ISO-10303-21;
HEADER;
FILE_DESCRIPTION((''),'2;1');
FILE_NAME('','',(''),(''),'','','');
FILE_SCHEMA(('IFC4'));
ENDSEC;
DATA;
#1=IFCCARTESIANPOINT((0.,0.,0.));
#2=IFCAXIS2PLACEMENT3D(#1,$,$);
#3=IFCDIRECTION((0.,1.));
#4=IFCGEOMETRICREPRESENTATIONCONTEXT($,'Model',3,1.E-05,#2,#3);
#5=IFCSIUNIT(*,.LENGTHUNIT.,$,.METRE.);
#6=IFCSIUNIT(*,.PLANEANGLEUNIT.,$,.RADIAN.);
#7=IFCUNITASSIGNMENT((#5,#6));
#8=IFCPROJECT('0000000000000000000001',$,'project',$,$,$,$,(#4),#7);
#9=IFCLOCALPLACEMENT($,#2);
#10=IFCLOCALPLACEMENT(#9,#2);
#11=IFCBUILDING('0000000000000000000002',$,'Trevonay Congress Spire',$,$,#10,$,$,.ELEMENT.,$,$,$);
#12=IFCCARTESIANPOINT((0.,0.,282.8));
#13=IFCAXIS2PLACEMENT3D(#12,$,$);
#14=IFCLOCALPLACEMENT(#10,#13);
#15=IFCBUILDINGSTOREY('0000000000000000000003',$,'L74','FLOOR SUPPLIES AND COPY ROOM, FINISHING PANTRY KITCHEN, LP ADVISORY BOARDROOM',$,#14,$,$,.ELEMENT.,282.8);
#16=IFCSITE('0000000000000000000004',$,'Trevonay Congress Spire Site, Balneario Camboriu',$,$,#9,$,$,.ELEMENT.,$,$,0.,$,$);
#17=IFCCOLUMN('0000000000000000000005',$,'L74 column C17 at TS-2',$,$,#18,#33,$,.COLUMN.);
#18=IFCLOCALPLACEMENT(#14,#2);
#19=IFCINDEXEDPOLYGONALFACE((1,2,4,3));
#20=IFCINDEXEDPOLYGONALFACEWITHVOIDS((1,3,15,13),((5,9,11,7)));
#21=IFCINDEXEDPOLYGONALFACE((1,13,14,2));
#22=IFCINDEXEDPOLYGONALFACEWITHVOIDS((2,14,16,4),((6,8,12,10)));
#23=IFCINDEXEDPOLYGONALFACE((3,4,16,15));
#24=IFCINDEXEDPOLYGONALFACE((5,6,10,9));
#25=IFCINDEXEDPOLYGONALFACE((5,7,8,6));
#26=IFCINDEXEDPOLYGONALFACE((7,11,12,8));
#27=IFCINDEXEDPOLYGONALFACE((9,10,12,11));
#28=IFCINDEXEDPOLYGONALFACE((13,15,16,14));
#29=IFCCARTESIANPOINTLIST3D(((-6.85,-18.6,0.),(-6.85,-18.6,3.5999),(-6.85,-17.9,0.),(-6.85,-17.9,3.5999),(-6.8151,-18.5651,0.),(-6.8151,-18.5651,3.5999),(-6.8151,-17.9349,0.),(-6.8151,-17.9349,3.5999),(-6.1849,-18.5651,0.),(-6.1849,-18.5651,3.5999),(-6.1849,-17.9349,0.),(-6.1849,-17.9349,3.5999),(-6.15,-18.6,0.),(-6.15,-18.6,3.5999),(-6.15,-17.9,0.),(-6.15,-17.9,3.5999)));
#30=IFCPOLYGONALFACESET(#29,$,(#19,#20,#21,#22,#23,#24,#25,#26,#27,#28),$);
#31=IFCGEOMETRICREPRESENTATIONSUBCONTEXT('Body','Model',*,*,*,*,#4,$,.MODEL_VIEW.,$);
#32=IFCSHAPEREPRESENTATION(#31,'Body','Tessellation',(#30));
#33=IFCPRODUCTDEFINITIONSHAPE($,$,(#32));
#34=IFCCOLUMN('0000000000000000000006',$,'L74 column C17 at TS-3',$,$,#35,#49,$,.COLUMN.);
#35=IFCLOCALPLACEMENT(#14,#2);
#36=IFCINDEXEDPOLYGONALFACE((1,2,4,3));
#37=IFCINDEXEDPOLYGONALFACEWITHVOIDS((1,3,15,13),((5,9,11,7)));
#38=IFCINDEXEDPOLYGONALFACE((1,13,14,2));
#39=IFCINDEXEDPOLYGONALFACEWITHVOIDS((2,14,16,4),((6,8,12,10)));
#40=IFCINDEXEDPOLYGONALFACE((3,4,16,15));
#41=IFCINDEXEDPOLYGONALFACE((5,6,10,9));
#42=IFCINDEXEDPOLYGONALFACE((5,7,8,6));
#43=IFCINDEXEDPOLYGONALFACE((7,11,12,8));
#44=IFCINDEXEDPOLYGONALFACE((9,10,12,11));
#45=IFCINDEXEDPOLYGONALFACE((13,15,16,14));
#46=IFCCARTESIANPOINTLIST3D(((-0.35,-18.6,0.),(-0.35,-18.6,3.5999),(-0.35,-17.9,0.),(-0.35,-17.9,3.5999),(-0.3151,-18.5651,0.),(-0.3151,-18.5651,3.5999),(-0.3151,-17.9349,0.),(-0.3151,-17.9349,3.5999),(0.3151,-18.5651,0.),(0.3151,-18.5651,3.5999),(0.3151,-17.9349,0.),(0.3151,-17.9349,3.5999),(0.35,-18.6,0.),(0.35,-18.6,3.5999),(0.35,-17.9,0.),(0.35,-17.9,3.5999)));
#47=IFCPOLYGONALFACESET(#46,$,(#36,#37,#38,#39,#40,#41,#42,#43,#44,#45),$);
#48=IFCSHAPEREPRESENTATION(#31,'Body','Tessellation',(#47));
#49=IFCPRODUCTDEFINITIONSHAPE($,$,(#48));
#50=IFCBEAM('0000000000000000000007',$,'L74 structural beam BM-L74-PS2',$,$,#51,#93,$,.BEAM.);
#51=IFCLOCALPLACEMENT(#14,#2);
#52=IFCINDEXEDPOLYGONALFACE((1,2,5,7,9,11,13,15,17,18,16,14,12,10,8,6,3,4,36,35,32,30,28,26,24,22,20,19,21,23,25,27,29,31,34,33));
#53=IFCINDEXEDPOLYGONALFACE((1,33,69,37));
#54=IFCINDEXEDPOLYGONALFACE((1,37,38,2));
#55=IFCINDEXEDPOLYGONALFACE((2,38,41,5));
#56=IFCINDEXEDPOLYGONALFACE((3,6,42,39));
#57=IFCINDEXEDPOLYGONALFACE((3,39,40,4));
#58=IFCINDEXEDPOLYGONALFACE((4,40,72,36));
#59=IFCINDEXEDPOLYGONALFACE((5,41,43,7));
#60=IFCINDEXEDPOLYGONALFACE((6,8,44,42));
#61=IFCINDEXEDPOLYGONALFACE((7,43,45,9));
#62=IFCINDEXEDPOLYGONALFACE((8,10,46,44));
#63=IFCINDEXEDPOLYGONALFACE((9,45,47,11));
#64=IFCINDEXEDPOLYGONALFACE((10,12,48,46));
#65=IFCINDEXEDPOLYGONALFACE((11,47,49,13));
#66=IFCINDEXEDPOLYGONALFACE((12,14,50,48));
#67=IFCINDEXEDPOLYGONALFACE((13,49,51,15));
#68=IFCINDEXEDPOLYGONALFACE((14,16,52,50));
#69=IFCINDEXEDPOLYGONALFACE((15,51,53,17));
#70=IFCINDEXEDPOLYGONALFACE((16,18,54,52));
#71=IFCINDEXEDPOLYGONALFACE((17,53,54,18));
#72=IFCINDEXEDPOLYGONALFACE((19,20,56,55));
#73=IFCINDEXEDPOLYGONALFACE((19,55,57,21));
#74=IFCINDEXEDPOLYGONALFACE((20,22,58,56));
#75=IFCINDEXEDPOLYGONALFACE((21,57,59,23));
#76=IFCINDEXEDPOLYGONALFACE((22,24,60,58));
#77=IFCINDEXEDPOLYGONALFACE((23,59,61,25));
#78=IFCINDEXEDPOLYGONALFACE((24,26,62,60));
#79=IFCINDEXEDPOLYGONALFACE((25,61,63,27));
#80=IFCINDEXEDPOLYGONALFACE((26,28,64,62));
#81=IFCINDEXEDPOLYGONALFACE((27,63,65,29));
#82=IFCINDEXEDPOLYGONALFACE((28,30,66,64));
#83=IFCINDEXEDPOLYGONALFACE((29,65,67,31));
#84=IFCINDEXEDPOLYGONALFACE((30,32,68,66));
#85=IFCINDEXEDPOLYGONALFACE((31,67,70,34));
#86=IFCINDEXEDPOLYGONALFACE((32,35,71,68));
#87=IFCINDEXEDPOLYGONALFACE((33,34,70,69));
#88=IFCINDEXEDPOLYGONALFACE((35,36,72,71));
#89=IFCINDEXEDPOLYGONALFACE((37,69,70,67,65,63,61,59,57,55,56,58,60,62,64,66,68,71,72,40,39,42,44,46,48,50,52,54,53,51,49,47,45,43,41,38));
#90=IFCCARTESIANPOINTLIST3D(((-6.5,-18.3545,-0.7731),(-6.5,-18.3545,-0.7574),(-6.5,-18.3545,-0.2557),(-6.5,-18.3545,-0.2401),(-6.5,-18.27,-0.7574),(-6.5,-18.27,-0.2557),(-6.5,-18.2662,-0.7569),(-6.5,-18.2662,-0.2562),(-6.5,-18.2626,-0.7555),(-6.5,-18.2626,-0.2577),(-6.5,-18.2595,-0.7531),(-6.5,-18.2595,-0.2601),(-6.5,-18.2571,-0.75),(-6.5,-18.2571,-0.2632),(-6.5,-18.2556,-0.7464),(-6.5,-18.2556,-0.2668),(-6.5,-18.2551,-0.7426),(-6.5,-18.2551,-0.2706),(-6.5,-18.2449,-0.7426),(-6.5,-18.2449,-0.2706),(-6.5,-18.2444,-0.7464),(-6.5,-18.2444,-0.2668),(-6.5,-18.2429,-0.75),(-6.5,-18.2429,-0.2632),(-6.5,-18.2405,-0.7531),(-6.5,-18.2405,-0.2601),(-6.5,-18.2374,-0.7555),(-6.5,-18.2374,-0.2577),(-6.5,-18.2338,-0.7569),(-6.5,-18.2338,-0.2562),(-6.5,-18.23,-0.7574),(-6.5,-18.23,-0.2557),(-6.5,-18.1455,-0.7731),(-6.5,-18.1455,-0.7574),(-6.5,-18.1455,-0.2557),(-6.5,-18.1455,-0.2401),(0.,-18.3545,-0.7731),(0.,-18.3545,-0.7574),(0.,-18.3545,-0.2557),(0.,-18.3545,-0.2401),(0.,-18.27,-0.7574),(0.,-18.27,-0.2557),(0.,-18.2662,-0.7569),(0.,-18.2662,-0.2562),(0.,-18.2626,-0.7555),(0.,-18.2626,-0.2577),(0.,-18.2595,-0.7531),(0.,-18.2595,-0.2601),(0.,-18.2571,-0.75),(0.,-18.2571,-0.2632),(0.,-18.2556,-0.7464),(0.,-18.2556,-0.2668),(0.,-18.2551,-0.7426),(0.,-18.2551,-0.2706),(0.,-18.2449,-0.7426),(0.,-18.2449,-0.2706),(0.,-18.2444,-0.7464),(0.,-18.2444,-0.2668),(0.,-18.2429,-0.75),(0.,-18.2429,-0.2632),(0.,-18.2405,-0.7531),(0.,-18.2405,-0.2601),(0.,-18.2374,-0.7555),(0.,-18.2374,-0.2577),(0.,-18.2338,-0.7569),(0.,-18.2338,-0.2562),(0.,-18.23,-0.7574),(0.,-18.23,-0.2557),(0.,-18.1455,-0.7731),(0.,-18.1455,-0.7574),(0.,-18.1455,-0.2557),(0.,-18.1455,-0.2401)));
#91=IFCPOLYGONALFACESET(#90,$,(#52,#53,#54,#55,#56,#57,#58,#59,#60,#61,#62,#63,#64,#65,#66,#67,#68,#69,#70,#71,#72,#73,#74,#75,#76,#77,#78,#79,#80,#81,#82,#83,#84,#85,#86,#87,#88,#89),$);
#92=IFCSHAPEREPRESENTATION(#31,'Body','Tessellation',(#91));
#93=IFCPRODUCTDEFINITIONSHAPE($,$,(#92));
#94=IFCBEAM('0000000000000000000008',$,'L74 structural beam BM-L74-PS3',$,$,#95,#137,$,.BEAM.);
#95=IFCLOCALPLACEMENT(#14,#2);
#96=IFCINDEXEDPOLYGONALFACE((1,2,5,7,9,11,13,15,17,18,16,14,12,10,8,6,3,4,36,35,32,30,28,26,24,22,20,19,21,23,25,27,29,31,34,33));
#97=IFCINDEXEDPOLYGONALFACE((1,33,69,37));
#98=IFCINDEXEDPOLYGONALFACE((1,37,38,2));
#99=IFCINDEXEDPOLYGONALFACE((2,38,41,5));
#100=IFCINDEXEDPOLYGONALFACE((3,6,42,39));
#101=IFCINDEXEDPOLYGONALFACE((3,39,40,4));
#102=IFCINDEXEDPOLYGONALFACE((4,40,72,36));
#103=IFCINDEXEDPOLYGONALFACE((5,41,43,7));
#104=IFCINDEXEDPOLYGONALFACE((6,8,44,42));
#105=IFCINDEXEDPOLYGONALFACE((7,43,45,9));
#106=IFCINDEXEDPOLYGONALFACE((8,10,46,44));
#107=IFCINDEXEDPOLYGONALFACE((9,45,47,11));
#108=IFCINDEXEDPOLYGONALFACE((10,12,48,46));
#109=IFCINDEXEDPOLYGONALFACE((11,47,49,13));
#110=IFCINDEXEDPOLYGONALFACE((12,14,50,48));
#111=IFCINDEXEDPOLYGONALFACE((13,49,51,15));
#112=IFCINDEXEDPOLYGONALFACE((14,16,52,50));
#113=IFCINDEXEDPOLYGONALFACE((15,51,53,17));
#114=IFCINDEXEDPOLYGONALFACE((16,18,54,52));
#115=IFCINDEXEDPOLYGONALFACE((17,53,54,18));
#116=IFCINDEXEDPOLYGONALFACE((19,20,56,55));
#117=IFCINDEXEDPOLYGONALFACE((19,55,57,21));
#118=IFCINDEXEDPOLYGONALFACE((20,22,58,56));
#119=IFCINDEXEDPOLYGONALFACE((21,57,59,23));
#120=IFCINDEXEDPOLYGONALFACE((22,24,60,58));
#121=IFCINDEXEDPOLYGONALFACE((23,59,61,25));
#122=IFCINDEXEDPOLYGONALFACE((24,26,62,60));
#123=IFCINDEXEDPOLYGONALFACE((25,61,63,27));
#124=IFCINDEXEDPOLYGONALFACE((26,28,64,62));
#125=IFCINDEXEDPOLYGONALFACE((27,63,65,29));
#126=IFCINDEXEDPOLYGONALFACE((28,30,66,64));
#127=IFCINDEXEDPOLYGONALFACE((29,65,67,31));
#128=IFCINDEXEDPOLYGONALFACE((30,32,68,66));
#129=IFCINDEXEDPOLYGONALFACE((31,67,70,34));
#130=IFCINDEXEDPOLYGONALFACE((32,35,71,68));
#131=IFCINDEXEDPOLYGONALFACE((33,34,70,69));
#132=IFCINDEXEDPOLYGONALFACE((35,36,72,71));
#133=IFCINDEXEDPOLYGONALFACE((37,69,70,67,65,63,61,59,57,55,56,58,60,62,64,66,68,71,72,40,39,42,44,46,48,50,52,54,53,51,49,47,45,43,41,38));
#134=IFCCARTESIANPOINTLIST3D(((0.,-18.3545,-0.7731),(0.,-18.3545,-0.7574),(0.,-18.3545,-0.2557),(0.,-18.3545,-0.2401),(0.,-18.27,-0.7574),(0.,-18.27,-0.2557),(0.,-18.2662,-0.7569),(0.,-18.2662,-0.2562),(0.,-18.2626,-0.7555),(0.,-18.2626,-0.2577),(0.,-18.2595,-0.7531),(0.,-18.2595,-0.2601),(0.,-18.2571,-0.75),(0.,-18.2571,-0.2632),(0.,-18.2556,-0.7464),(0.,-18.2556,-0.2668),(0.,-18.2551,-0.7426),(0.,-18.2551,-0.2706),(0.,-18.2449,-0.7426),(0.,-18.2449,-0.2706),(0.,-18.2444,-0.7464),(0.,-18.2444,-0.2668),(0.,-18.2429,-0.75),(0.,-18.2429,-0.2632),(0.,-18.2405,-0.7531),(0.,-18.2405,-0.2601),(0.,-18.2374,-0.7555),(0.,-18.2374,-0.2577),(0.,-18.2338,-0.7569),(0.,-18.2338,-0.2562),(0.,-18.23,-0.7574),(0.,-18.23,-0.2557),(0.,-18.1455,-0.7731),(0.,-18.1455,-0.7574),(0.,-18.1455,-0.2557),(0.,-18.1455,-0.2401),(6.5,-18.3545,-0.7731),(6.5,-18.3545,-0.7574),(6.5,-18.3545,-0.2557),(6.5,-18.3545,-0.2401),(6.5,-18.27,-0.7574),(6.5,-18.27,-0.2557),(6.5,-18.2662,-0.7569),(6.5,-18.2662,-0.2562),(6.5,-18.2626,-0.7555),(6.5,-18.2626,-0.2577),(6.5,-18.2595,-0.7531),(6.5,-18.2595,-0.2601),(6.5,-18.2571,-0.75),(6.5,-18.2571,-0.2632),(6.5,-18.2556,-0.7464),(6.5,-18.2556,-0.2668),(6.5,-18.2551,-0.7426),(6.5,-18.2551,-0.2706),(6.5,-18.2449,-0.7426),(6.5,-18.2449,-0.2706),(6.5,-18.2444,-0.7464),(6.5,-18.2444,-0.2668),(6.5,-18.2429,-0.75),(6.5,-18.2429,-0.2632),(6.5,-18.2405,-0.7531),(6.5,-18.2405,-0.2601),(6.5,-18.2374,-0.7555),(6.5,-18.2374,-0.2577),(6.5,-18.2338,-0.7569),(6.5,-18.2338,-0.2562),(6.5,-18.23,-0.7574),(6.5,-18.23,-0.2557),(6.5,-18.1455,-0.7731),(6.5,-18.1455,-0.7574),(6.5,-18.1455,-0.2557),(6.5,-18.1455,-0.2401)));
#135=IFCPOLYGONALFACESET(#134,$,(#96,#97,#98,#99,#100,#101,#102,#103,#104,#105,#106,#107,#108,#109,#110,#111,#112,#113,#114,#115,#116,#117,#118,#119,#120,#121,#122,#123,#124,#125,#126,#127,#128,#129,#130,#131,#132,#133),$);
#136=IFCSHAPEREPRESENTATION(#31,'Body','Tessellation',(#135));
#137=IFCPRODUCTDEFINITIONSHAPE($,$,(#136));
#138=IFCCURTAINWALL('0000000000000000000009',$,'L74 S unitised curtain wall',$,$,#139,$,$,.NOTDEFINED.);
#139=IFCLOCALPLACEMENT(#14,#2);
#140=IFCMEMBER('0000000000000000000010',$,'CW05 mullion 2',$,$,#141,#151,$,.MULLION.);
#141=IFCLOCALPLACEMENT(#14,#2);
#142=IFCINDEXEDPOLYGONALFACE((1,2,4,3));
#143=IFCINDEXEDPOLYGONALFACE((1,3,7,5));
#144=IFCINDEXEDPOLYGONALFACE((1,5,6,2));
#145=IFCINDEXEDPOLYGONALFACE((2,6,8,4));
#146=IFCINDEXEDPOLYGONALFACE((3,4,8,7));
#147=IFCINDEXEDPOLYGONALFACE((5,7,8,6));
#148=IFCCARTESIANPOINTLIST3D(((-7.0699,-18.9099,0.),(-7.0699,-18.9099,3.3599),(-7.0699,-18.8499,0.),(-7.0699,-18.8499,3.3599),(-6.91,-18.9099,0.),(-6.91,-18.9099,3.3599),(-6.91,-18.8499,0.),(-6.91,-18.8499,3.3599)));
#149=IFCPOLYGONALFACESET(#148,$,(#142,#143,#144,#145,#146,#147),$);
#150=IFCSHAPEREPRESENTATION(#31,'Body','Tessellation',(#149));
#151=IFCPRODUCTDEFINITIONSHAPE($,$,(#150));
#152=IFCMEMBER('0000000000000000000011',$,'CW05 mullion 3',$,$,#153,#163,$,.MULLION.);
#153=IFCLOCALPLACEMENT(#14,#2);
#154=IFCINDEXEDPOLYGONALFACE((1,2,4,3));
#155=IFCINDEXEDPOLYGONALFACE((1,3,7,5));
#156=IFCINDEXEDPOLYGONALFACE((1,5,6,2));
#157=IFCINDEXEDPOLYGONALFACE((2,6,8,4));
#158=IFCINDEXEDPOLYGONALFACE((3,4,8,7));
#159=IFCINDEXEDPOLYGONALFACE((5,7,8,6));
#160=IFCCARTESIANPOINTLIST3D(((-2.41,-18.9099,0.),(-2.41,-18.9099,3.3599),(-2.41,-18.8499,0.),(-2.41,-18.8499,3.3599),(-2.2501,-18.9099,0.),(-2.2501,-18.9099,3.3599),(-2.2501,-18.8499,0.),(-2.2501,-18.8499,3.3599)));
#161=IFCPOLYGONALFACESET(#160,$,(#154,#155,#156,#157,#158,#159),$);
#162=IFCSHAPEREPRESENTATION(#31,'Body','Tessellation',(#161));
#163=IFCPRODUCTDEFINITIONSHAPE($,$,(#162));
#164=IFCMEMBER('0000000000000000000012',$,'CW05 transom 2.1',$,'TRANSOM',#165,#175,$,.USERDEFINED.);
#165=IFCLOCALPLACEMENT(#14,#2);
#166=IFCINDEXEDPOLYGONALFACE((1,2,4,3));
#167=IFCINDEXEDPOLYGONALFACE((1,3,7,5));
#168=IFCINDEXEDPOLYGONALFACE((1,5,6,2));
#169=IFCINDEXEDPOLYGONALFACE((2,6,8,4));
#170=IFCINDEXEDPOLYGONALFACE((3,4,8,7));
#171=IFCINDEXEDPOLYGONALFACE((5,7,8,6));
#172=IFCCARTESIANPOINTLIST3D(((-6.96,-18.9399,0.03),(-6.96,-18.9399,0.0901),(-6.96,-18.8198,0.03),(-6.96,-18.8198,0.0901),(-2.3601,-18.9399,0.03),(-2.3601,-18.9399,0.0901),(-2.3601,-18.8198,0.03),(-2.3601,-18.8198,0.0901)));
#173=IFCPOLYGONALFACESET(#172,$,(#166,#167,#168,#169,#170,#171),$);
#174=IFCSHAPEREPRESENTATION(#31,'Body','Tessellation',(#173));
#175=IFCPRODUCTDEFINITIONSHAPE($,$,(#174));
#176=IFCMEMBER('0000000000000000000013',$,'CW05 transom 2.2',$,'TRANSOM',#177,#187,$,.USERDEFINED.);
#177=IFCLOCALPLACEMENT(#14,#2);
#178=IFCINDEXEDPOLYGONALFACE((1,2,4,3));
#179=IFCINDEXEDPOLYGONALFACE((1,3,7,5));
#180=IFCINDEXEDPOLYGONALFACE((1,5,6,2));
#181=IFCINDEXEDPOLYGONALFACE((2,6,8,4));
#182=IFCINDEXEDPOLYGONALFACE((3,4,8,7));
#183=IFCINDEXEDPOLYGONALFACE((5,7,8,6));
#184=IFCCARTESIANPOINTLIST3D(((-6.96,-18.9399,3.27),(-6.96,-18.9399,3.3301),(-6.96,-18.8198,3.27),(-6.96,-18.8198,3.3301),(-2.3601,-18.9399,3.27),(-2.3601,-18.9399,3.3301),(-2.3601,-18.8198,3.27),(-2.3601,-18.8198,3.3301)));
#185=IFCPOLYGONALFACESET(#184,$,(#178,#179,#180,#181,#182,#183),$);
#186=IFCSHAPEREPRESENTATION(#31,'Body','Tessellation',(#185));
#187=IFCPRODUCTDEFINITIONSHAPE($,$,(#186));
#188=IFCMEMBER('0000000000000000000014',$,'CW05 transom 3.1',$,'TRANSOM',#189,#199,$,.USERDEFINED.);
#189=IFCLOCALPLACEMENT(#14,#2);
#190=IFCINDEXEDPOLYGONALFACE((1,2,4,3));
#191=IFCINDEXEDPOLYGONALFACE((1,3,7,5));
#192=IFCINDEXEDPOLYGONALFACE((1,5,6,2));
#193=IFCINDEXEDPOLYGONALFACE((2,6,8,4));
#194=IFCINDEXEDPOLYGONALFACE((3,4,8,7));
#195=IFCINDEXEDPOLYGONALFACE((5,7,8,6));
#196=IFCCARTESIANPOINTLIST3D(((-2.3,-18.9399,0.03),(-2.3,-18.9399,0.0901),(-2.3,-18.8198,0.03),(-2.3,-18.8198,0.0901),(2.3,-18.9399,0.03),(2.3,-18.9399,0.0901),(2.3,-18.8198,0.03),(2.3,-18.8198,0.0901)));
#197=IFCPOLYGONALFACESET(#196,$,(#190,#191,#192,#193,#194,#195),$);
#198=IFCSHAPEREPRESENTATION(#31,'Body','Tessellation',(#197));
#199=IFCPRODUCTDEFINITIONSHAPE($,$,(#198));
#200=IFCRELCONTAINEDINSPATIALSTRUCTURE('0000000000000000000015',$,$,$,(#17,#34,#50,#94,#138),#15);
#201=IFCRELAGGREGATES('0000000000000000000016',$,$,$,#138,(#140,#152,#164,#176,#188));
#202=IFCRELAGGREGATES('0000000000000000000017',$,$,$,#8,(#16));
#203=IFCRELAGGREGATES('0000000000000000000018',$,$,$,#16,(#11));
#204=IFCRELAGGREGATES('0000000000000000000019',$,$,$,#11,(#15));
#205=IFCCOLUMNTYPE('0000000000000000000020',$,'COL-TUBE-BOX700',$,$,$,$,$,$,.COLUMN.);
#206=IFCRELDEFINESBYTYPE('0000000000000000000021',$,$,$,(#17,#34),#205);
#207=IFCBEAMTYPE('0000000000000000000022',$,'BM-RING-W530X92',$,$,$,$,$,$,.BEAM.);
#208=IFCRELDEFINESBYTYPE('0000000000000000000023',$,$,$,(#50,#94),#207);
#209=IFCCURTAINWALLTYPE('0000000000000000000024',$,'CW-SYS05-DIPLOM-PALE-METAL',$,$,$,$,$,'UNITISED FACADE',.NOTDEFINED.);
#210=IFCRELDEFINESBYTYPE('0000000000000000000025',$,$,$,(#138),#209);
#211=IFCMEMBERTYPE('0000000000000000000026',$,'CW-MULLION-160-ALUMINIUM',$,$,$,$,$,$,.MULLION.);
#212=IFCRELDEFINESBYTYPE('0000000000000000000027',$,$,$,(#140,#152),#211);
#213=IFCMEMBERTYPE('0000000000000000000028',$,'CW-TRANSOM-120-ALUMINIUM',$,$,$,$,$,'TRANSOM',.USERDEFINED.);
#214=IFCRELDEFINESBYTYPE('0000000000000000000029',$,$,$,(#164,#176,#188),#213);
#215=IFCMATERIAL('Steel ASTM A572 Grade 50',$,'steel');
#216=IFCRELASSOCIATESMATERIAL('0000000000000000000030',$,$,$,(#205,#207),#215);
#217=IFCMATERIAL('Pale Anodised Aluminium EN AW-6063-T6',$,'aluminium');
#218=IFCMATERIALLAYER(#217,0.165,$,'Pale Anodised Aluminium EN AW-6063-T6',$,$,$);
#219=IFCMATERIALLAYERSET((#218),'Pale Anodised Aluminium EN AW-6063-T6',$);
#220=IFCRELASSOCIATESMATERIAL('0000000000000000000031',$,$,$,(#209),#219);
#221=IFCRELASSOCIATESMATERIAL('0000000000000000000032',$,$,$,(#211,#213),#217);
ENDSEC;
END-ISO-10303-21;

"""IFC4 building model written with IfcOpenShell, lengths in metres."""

from ifc_helpers import new_model, si_unit, direction, frame, origin, origin_2d, place, context, subcontext, project, spatial, rectangle, hollow_rectangle, i_section, extrude, material, layer, layer_set, material_profile, profile_set, type_object, element, aggregate, save


model = new_model("IFC4")

# Units and contexts
model_context = context("Model", 3, precision=1e-05, world=origin(), true_north=direction((0.0, 1.0)))
body_context = subcontext(model_context, "Body", "Model", "MODEL_VIEW")
ifc_project = project(units=[si_unit("LENGTHUNIT", "METRE"), si_unit("PLANEANGLEUNIT", "RADIAN")], contexts=[model_context])

# Site, building, storey
site_placement = place(None, origin())
site = spatial("IfcSite", under=ifc_project, at=site_placement, Name="Trevonay Congress Spire Site, Balneario Camboriu", CompositionType="ELEMENT", RefElevation=0.0)
building_placement = place(site_placement, origin())
building = spatial("IfcBuilding", under=site, at=building_placement, Name="Trevonay Congress Spire", CompositionType="ELEMENT")
storey_placement = place(building_placement, frame((0.0, 0.0, 282.8)))
storey = spatial("IfcBuildingStorey", under=building, at=storey_placement, Name="L74", Description="FLOOR SUPPLIES AND COPY ROOM, FINISHING PANTRY KITCHEN, LP ADVISORY BOARDROOM", CompositionType="ELEMENT", Elevation=282.8)

# Columns
ifc_material_1 = material(Name="Steel ASTM A572 Grade 50", Category="steel")
ifc_material_profile_1 = material_profile(ifc_material_1, hollow_rectangle(XDim=0.7, YDim=0.7, WallThickness=0.0349, at=origin_2d()), Name="BOX 700x700x35")
ifc_profile_set_1 = profile_set([ifc_material_profile_1], Name="Steel ASTM A572 Grade 50")
column_type = type_object("IfcColumnType", Name="COL-TUBE-BOX700", PredefinedType="COLUMN", material=ifc_profile_set_1)
for number, where, z_axis, x_axis, name in (
    (1, (-6.5, -18.25, 0.0), (0.0, 0.0, 1.0), (1.0, 0.0, 0.0), "L74 column C17 at TS-2"),
    (2, (0.0, -18.25, 0.0), (0.0, 0.0, 1.0), (1.0, 0.0, 0.0), "L74 column C17 at TS-3"),
):
    element("IfcColumn", number, at=place(storey_placement, frame(where, z_axis=z_axis, x_axis=x_axis)), inside=storey, type_object=column_type, Name=name, PredefinedType="COLUMN", context=body_context, shape_type="SweptSolid", body=[
        extrude(hollow_rectangle(XDim=0.7, YDim=0.7, WallThickness=0.0349, at=origin_2d()), origin(), (0.0, 0.0, 1.0), 3.5999),
    ])

# Beams
ifc_material_profile_2 = material_profile(ifc_material_1, i_section(OverallWidth=0.209, OverallDepth=0.533, WebThickness=0.0103, FlangeThickness=0.0156, FilletRadius=0.0149, at=origin_2d()), Name="W530x92")
ifc_profile_set_2 = profile_set([ifc_material_profile_2], Name="Steel ASTM A572 Grade 50")
beam_type = type_object("IfcBeamType", Name="BM-RING-W530X92", PredefinedType="BEAM", material=ifc_profile_set_2)
for number, where, z_axis, x_axis, name in (
    (3, (-6.5, -18.25, -0.5066), (1.0, 0.0, 0.0), (0.0, 1.0, 0.0), "L74 structural beam BM-L74-PS2"),
    (4, (0.0, -18.25, -0.5066), (1.0, 0.0, 0.0), (0.0, 1.0, 0.0), "L74 structural beam BM-L74-PS3"),
):
    element("IfcBeam", number, at=place(storey_placement, frame(where, z_axis=z_axis, x_axis=x_axis)), inside=storey, type_object=beam_type, Name=name, PredefinedType="BEAM", context=body_context, shape_type="SweptSolid", body=[
        extrude(i_section(OverallWidth=0.209, OverallDepth=0.533, WebThickness=0.0103, FlangeThickness=0.0156, FilletRadius=0.0149, at=origin_2d()), origin(), (0.0, 0.0, 1.0), 6.5),
    ])

# Curtain wall, members
ifc_material_2 = material(Name="Pale Anodised Aluminium EN AW-6063-T6", Category="aluminium")
ifc_layer_1 = layer(ifc_material_2, 0.165, Name="Pale Anodised Aluminium EN AW-6063-T6")
ifc_layer_set_1 = layer_set([ifc_layer_1], Name="Pale Anodised Aluminium EN AW-6063-T6")
curtain_wall_type = type_object("IfcCurtainWallType", Name="CW-SYS05-DIPLOM-PALE-METAL", ElementType="UNITISED FACADE", PredefinedType="NOTDEFINED", material=ifc_layer_set_1)
curtain_wall_placement = place(storey_placement, origin())
curtain_wall = element("IfcCurtainWall", 5, at=curtain_wall_placement, inside=storey, type_object=curtain_wall_type, Name="L74 S unitised curtain wall", PredefinedType="NOTDEFINED")
ifc_material_profile_3 = material_profile(ifc_material_2, rectangle(XDim=0.0601, YDim=0.1599, at=origin_2d()), Name="CW-MULLION-160-ALUMINIUM")
ifc_profile_set_3 = profile_set([ifc_material_profile_3], Name="Pale Anodised Aluminium EN AW-6063-T6")
member_type_1 = type_object("IfcMemberType", Name="CW-MULLION-160-ALUMINIUM", PredefinedType="MULLION", material=ifc_profile_set_3)
member_1_placement = place(storey_placement, frame((-6.99, -18.8799, 0.0), z_axis=(0.0, 0.0, 1.0), x_axis=(0.0, 1.0, 0.0)))
member_1 = element("IfcMember", 6, at=member_1_placement, type_object=member_type_1, Name="CW05 mullion 2", PredefinedType="MULLION", context=body_context, shape_type="SweptSolid", body=[
    extrude(rectangle(XDim=0.0601, YDim=0.1599, at=origin_2d()), origin(), (0.0, 0.0, 1.0), 3.3599),
])
member_2_placement = place(storey_placement, frame((-2.3301, -18.8799, 0.0), z_axis=(0.0, 0.0, 1.0), x_axis=(0.0, 1.0, 0.0)))
member_2 = element("IfcMember", 7, at=member_2_placement, type_object=member_type_1, Name="CW05 mullion 3", PredefinedType="MULLION", context=body_context, shape_type="SweptSolid", body=[
    extrude(rectangle(XDim=0.0601, YDim=0.1599, at=origin_2d()), origin(), (0.0, 0.0, 1.0), 3.3599),
])
ifc_material_profile_4 = material_profile(ifc_material_2, rectangle(XDim=0.1201, YDim=0.0601, at=origin_2d()), Name="CW-TRANSOM-120-ALUMINIUM")
ifc_profile_set_4 = profile_set([ifc_material_profile_4], Name="Pale Anodised Aluminium EN AW-6063-T6")
member_type_2 = type_object("IfcMemberType", Name="CW-TRANSOM-120-ALUMINIUM", ElementType="TRANSOM", PredefinedType="USERDEFINED", material=ifc_profile_set_4)
member_3_placement = place(storey_placement, frame((-6.96, -18.8799, 0.0601), z_axis=(1.0, 0.0, 0.0), x_axis=(0.0, 1.0, 0.0)))
member_3 = element("IfcMember", 8, at=member_3_placement, type_object=member_type_2, Name="CW05 transom 2.1", ObjectType="TRANSOM", PredefinedType="USERDEFINED", context=body_context, shape_type="SweptSolid", body=[
    extrude(rectangle(XDim=0.1201, YDim=0.0601, at=origin_2d()), origin(), (0.0, 0.0, 1.0), 4.5999),
])
member_4_placement = place(storey_placement, frame((-6.96, -18.8799, 3.3), z_axis=(1.0, 0.0, 0.0), x_axis=(0.0, 1.0, 0.0)))
member_4 = element("IfcMember", 9, at=member_4_placement, type_object=member_type_2, Name="CW05 transom 2.2", ObjectType="TRANSOM", PredefinedType="USERDEFINED", context=body_context, shape_type="SweptSolid", body=[
    extrude(rectangle(XDim=0.1201, YDim=0.0601, at=origin_2d()), origin(), (0.0, 0.0, 1.0), 4.5999),
])
member_5_placement = place(storey_placement, frame((-2.3, -18.8799, 0.0601), z_axis=(1.0, 0.0, 0.0), x_axis=(0.0, 1.0, 0.0)))
member_5 = element("IfcMember", 10, at=member_5_placement, type_object=member_type_2, Name="CW05 transom 3.1", ObjectType="TRANSOM", PredefinedType="USERDEFINED", context=body_context, shape_type="SweptSolid", body=[
    extrude(rectangle(XDim=0.1201, YDim=0.0601, at=origin_2d()), origin(), (0.0, 0.0, 1.0), 4.6001),
])
aggregate(curtain_wall, [member_1, member_2, member_3, member_4, member_5])

save(model, "model.ifc")
